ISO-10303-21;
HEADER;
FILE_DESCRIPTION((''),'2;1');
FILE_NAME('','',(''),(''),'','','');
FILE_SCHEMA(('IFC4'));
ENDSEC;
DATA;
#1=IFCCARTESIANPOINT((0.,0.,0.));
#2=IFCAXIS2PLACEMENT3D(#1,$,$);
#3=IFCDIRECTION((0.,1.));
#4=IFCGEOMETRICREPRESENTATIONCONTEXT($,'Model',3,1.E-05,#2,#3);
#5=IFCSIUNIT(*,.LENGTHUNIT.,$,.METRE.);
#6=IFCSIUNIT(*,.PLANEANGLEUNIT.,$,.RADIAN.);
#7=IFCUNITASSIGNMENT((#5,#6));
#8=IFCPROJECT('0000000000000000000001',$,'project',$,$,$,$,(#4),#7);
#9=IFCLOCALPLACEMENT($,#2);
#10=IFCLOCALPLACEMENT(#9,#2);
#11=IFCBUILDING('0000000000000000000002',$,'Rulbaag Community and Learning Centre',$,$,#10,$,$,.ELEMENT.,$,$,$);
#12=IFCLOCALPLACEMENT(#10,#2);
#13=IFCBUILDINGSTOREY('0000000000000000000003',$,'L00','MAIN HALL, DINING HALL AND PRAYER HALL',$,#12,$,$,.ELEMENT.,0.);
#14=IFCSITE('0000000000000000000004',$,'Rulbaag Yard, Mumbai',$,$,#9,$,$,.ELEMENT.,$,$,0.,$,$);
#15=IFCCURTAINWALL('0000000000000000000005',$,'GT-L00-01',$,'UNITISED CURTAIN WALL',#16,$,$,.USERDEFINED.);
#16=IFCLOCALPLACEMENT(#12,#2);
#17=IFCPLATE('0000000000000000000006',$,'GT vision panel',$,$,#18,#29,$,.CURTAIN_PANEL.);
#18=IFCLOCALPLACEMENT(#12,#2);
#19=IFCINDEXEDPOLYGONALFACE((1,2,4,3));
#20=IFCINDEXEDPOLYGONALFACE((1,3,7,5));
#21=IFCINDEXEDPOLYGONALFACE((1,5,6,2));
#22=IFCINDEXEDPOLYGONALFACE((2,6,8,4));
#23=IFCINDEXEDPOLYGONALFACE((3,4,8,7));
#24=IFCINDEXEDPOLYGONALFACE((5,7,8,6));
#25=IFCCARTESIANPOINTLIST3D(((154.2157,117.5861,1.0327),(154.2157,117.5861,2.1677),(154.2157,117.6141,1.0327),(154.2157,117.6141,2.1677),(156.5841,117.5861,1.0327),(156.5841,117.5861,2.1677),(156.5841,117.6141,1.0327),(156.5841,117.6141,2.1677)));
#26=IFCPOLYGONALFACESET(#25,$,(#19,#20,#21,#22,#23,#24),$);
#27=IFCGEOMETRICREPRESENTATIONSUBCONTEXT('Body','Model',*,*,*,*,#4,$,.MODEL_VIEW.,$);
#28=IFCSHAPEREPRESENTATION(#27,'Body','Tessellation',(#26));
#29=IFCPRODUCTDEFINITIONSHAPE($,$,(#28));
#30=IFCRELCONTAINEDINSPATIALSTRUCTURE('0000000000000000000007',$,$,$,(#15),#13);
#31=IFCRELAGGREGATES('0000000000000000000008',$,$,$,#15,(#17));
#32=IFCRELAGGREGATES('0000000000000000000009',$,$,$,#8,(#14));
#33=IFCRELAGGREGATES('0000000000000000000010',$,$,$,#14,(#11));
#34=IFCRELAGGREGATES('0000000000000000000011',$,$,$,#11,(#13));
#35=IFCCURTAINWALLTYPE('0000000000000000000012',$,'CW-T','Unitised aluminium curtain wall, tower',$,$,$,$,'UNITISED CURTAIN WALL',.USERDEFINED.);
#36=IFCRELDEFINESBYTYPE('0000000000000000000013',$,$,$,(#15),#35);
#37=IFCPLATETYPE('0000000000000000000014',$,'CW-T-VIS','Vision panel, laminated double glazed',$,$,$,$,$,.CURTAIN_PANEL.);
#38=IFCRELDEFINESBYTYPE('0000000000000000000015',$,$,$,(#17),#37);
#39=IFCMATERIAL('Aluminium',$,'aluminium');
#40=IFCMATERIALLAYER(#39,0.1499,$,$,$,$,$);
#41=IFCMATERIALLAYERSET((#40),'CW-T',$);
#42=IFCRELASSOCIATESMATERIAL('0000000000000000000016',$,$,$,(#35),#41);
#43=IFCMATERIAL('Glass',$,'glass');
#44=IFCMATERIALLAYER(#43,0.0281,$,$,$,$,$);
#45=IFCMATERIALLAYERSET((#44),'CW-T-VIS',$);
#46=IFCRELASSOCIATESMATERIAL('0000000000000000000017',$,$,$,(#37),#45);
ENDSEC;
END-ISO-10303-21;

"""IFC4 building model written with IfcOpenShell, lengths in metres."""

from ifc_helpers import new_model, si_unit, direction, frame, origin, origin_2d, place, context, subcontext, project, spatial, rectangle, extrude, material, layer, layer_set, type_object, element, aggregate, save


model = new_model("IFC4")

# Units and contexts
model_context = context("Model", 3, precision=1e-05, world=origin(), true_north=direction((0.0, 1.0)))
body_context = subcontext(model_context, "Body", "Model", "MODEL_VIEW")
ifc_project = project(units=[si_unit("LENGTHUNIT", "METRE"), si_unit("PLANEANGLEUNIT", "RADIAN")], contexts=[model_context])

# Site, building, storey
site_placement = place(None, origin())
site = spatial("IfcSite", under=ifc_project, at=site_placement, Name="Rulbaag Yard, Mumbai", CompositionType="ELEMENT", RefElevation=0.0)
building_placement = place(site_placement, origin())
building = spatial("IfcBuilding", under=site, at=building_placement, Name="Rulbaag Community and Learning Centre", CompositionType="ELEMENT")
storey_placement = place(building_placement, origin())
storey = spatial("IfcBuildingStorey", under=building, at=storey_placement, Name="L00", Description="MAIN HALL, DINING HALL AND PRAYER HALL", CompositionType="ELEMENT", Elevation=0.0)

# Curtain wall, plate
ifc_material_1 = material(Name="Aluminium", Category="aluminium")
ifc_layer_1 = layer(ifc_material_1, 0.1499)
ifc_layer_set_1 = layer_set([ifc_layer_1], Name="CW-T")
curtain_wall_type = type_object("IfcCurtainWallType", Name="CW-T", Description="Unitised aluminium curtain wall, tower", ElementType="UNITISED CURTAIN WALL", PredefinedType="USERDEFINED", material=ifc_layer_set_1)
curtain_wall_placement = place(storey_placement, origin())
curtain_wall = element("IfcCurtainWall", 1, at=curtain_wall_placement, inside=storey, type_object=curtain_wall_type, Name="GT-L00-01", ObjectType="UNITISED CURTAIN WALL", PredefinedType="USERDEFINED")
ifc_material_2 = material(Name="Glass", Category="glass")
ifc_layer_2 = layer(ifc_material_2, 0.0281)
ifc_layer_set_2 = layer_set([ifc_layer_2], Name="CW-T-VIS")
plate_type_1 = type_object("IfcPlateType", Name="CW-T-VIS", Description="Vision panel, laminated double glazed", PredefinedType="CURTAIN_PANEL", material=ifc_layer_set_2)
plate_1_placement = place(storey_placement, frame((155.3999, 117.6001, 1.0327), z_axis=(0.0, 0.0, 1.0), x_axis=(1.0, 0.0, 0.0)))
plate_1 = element("IfcPlate", 2, at=plate_1_placement, type_object=plate_type_1, Name="GT vision panel", PredefinedType="CURTAIN_PANEL", context=body_context, shape_type="SweptSolid", body=[
    extrude(rectangle(XDim=2.3684, YDim=0.0281, at=origin_2d()), origin(), (0.0, 0.0, 1.0), 1.135),
])
aggregate(curtain_wall, [plate_1])

save(model, "model.ifc")
